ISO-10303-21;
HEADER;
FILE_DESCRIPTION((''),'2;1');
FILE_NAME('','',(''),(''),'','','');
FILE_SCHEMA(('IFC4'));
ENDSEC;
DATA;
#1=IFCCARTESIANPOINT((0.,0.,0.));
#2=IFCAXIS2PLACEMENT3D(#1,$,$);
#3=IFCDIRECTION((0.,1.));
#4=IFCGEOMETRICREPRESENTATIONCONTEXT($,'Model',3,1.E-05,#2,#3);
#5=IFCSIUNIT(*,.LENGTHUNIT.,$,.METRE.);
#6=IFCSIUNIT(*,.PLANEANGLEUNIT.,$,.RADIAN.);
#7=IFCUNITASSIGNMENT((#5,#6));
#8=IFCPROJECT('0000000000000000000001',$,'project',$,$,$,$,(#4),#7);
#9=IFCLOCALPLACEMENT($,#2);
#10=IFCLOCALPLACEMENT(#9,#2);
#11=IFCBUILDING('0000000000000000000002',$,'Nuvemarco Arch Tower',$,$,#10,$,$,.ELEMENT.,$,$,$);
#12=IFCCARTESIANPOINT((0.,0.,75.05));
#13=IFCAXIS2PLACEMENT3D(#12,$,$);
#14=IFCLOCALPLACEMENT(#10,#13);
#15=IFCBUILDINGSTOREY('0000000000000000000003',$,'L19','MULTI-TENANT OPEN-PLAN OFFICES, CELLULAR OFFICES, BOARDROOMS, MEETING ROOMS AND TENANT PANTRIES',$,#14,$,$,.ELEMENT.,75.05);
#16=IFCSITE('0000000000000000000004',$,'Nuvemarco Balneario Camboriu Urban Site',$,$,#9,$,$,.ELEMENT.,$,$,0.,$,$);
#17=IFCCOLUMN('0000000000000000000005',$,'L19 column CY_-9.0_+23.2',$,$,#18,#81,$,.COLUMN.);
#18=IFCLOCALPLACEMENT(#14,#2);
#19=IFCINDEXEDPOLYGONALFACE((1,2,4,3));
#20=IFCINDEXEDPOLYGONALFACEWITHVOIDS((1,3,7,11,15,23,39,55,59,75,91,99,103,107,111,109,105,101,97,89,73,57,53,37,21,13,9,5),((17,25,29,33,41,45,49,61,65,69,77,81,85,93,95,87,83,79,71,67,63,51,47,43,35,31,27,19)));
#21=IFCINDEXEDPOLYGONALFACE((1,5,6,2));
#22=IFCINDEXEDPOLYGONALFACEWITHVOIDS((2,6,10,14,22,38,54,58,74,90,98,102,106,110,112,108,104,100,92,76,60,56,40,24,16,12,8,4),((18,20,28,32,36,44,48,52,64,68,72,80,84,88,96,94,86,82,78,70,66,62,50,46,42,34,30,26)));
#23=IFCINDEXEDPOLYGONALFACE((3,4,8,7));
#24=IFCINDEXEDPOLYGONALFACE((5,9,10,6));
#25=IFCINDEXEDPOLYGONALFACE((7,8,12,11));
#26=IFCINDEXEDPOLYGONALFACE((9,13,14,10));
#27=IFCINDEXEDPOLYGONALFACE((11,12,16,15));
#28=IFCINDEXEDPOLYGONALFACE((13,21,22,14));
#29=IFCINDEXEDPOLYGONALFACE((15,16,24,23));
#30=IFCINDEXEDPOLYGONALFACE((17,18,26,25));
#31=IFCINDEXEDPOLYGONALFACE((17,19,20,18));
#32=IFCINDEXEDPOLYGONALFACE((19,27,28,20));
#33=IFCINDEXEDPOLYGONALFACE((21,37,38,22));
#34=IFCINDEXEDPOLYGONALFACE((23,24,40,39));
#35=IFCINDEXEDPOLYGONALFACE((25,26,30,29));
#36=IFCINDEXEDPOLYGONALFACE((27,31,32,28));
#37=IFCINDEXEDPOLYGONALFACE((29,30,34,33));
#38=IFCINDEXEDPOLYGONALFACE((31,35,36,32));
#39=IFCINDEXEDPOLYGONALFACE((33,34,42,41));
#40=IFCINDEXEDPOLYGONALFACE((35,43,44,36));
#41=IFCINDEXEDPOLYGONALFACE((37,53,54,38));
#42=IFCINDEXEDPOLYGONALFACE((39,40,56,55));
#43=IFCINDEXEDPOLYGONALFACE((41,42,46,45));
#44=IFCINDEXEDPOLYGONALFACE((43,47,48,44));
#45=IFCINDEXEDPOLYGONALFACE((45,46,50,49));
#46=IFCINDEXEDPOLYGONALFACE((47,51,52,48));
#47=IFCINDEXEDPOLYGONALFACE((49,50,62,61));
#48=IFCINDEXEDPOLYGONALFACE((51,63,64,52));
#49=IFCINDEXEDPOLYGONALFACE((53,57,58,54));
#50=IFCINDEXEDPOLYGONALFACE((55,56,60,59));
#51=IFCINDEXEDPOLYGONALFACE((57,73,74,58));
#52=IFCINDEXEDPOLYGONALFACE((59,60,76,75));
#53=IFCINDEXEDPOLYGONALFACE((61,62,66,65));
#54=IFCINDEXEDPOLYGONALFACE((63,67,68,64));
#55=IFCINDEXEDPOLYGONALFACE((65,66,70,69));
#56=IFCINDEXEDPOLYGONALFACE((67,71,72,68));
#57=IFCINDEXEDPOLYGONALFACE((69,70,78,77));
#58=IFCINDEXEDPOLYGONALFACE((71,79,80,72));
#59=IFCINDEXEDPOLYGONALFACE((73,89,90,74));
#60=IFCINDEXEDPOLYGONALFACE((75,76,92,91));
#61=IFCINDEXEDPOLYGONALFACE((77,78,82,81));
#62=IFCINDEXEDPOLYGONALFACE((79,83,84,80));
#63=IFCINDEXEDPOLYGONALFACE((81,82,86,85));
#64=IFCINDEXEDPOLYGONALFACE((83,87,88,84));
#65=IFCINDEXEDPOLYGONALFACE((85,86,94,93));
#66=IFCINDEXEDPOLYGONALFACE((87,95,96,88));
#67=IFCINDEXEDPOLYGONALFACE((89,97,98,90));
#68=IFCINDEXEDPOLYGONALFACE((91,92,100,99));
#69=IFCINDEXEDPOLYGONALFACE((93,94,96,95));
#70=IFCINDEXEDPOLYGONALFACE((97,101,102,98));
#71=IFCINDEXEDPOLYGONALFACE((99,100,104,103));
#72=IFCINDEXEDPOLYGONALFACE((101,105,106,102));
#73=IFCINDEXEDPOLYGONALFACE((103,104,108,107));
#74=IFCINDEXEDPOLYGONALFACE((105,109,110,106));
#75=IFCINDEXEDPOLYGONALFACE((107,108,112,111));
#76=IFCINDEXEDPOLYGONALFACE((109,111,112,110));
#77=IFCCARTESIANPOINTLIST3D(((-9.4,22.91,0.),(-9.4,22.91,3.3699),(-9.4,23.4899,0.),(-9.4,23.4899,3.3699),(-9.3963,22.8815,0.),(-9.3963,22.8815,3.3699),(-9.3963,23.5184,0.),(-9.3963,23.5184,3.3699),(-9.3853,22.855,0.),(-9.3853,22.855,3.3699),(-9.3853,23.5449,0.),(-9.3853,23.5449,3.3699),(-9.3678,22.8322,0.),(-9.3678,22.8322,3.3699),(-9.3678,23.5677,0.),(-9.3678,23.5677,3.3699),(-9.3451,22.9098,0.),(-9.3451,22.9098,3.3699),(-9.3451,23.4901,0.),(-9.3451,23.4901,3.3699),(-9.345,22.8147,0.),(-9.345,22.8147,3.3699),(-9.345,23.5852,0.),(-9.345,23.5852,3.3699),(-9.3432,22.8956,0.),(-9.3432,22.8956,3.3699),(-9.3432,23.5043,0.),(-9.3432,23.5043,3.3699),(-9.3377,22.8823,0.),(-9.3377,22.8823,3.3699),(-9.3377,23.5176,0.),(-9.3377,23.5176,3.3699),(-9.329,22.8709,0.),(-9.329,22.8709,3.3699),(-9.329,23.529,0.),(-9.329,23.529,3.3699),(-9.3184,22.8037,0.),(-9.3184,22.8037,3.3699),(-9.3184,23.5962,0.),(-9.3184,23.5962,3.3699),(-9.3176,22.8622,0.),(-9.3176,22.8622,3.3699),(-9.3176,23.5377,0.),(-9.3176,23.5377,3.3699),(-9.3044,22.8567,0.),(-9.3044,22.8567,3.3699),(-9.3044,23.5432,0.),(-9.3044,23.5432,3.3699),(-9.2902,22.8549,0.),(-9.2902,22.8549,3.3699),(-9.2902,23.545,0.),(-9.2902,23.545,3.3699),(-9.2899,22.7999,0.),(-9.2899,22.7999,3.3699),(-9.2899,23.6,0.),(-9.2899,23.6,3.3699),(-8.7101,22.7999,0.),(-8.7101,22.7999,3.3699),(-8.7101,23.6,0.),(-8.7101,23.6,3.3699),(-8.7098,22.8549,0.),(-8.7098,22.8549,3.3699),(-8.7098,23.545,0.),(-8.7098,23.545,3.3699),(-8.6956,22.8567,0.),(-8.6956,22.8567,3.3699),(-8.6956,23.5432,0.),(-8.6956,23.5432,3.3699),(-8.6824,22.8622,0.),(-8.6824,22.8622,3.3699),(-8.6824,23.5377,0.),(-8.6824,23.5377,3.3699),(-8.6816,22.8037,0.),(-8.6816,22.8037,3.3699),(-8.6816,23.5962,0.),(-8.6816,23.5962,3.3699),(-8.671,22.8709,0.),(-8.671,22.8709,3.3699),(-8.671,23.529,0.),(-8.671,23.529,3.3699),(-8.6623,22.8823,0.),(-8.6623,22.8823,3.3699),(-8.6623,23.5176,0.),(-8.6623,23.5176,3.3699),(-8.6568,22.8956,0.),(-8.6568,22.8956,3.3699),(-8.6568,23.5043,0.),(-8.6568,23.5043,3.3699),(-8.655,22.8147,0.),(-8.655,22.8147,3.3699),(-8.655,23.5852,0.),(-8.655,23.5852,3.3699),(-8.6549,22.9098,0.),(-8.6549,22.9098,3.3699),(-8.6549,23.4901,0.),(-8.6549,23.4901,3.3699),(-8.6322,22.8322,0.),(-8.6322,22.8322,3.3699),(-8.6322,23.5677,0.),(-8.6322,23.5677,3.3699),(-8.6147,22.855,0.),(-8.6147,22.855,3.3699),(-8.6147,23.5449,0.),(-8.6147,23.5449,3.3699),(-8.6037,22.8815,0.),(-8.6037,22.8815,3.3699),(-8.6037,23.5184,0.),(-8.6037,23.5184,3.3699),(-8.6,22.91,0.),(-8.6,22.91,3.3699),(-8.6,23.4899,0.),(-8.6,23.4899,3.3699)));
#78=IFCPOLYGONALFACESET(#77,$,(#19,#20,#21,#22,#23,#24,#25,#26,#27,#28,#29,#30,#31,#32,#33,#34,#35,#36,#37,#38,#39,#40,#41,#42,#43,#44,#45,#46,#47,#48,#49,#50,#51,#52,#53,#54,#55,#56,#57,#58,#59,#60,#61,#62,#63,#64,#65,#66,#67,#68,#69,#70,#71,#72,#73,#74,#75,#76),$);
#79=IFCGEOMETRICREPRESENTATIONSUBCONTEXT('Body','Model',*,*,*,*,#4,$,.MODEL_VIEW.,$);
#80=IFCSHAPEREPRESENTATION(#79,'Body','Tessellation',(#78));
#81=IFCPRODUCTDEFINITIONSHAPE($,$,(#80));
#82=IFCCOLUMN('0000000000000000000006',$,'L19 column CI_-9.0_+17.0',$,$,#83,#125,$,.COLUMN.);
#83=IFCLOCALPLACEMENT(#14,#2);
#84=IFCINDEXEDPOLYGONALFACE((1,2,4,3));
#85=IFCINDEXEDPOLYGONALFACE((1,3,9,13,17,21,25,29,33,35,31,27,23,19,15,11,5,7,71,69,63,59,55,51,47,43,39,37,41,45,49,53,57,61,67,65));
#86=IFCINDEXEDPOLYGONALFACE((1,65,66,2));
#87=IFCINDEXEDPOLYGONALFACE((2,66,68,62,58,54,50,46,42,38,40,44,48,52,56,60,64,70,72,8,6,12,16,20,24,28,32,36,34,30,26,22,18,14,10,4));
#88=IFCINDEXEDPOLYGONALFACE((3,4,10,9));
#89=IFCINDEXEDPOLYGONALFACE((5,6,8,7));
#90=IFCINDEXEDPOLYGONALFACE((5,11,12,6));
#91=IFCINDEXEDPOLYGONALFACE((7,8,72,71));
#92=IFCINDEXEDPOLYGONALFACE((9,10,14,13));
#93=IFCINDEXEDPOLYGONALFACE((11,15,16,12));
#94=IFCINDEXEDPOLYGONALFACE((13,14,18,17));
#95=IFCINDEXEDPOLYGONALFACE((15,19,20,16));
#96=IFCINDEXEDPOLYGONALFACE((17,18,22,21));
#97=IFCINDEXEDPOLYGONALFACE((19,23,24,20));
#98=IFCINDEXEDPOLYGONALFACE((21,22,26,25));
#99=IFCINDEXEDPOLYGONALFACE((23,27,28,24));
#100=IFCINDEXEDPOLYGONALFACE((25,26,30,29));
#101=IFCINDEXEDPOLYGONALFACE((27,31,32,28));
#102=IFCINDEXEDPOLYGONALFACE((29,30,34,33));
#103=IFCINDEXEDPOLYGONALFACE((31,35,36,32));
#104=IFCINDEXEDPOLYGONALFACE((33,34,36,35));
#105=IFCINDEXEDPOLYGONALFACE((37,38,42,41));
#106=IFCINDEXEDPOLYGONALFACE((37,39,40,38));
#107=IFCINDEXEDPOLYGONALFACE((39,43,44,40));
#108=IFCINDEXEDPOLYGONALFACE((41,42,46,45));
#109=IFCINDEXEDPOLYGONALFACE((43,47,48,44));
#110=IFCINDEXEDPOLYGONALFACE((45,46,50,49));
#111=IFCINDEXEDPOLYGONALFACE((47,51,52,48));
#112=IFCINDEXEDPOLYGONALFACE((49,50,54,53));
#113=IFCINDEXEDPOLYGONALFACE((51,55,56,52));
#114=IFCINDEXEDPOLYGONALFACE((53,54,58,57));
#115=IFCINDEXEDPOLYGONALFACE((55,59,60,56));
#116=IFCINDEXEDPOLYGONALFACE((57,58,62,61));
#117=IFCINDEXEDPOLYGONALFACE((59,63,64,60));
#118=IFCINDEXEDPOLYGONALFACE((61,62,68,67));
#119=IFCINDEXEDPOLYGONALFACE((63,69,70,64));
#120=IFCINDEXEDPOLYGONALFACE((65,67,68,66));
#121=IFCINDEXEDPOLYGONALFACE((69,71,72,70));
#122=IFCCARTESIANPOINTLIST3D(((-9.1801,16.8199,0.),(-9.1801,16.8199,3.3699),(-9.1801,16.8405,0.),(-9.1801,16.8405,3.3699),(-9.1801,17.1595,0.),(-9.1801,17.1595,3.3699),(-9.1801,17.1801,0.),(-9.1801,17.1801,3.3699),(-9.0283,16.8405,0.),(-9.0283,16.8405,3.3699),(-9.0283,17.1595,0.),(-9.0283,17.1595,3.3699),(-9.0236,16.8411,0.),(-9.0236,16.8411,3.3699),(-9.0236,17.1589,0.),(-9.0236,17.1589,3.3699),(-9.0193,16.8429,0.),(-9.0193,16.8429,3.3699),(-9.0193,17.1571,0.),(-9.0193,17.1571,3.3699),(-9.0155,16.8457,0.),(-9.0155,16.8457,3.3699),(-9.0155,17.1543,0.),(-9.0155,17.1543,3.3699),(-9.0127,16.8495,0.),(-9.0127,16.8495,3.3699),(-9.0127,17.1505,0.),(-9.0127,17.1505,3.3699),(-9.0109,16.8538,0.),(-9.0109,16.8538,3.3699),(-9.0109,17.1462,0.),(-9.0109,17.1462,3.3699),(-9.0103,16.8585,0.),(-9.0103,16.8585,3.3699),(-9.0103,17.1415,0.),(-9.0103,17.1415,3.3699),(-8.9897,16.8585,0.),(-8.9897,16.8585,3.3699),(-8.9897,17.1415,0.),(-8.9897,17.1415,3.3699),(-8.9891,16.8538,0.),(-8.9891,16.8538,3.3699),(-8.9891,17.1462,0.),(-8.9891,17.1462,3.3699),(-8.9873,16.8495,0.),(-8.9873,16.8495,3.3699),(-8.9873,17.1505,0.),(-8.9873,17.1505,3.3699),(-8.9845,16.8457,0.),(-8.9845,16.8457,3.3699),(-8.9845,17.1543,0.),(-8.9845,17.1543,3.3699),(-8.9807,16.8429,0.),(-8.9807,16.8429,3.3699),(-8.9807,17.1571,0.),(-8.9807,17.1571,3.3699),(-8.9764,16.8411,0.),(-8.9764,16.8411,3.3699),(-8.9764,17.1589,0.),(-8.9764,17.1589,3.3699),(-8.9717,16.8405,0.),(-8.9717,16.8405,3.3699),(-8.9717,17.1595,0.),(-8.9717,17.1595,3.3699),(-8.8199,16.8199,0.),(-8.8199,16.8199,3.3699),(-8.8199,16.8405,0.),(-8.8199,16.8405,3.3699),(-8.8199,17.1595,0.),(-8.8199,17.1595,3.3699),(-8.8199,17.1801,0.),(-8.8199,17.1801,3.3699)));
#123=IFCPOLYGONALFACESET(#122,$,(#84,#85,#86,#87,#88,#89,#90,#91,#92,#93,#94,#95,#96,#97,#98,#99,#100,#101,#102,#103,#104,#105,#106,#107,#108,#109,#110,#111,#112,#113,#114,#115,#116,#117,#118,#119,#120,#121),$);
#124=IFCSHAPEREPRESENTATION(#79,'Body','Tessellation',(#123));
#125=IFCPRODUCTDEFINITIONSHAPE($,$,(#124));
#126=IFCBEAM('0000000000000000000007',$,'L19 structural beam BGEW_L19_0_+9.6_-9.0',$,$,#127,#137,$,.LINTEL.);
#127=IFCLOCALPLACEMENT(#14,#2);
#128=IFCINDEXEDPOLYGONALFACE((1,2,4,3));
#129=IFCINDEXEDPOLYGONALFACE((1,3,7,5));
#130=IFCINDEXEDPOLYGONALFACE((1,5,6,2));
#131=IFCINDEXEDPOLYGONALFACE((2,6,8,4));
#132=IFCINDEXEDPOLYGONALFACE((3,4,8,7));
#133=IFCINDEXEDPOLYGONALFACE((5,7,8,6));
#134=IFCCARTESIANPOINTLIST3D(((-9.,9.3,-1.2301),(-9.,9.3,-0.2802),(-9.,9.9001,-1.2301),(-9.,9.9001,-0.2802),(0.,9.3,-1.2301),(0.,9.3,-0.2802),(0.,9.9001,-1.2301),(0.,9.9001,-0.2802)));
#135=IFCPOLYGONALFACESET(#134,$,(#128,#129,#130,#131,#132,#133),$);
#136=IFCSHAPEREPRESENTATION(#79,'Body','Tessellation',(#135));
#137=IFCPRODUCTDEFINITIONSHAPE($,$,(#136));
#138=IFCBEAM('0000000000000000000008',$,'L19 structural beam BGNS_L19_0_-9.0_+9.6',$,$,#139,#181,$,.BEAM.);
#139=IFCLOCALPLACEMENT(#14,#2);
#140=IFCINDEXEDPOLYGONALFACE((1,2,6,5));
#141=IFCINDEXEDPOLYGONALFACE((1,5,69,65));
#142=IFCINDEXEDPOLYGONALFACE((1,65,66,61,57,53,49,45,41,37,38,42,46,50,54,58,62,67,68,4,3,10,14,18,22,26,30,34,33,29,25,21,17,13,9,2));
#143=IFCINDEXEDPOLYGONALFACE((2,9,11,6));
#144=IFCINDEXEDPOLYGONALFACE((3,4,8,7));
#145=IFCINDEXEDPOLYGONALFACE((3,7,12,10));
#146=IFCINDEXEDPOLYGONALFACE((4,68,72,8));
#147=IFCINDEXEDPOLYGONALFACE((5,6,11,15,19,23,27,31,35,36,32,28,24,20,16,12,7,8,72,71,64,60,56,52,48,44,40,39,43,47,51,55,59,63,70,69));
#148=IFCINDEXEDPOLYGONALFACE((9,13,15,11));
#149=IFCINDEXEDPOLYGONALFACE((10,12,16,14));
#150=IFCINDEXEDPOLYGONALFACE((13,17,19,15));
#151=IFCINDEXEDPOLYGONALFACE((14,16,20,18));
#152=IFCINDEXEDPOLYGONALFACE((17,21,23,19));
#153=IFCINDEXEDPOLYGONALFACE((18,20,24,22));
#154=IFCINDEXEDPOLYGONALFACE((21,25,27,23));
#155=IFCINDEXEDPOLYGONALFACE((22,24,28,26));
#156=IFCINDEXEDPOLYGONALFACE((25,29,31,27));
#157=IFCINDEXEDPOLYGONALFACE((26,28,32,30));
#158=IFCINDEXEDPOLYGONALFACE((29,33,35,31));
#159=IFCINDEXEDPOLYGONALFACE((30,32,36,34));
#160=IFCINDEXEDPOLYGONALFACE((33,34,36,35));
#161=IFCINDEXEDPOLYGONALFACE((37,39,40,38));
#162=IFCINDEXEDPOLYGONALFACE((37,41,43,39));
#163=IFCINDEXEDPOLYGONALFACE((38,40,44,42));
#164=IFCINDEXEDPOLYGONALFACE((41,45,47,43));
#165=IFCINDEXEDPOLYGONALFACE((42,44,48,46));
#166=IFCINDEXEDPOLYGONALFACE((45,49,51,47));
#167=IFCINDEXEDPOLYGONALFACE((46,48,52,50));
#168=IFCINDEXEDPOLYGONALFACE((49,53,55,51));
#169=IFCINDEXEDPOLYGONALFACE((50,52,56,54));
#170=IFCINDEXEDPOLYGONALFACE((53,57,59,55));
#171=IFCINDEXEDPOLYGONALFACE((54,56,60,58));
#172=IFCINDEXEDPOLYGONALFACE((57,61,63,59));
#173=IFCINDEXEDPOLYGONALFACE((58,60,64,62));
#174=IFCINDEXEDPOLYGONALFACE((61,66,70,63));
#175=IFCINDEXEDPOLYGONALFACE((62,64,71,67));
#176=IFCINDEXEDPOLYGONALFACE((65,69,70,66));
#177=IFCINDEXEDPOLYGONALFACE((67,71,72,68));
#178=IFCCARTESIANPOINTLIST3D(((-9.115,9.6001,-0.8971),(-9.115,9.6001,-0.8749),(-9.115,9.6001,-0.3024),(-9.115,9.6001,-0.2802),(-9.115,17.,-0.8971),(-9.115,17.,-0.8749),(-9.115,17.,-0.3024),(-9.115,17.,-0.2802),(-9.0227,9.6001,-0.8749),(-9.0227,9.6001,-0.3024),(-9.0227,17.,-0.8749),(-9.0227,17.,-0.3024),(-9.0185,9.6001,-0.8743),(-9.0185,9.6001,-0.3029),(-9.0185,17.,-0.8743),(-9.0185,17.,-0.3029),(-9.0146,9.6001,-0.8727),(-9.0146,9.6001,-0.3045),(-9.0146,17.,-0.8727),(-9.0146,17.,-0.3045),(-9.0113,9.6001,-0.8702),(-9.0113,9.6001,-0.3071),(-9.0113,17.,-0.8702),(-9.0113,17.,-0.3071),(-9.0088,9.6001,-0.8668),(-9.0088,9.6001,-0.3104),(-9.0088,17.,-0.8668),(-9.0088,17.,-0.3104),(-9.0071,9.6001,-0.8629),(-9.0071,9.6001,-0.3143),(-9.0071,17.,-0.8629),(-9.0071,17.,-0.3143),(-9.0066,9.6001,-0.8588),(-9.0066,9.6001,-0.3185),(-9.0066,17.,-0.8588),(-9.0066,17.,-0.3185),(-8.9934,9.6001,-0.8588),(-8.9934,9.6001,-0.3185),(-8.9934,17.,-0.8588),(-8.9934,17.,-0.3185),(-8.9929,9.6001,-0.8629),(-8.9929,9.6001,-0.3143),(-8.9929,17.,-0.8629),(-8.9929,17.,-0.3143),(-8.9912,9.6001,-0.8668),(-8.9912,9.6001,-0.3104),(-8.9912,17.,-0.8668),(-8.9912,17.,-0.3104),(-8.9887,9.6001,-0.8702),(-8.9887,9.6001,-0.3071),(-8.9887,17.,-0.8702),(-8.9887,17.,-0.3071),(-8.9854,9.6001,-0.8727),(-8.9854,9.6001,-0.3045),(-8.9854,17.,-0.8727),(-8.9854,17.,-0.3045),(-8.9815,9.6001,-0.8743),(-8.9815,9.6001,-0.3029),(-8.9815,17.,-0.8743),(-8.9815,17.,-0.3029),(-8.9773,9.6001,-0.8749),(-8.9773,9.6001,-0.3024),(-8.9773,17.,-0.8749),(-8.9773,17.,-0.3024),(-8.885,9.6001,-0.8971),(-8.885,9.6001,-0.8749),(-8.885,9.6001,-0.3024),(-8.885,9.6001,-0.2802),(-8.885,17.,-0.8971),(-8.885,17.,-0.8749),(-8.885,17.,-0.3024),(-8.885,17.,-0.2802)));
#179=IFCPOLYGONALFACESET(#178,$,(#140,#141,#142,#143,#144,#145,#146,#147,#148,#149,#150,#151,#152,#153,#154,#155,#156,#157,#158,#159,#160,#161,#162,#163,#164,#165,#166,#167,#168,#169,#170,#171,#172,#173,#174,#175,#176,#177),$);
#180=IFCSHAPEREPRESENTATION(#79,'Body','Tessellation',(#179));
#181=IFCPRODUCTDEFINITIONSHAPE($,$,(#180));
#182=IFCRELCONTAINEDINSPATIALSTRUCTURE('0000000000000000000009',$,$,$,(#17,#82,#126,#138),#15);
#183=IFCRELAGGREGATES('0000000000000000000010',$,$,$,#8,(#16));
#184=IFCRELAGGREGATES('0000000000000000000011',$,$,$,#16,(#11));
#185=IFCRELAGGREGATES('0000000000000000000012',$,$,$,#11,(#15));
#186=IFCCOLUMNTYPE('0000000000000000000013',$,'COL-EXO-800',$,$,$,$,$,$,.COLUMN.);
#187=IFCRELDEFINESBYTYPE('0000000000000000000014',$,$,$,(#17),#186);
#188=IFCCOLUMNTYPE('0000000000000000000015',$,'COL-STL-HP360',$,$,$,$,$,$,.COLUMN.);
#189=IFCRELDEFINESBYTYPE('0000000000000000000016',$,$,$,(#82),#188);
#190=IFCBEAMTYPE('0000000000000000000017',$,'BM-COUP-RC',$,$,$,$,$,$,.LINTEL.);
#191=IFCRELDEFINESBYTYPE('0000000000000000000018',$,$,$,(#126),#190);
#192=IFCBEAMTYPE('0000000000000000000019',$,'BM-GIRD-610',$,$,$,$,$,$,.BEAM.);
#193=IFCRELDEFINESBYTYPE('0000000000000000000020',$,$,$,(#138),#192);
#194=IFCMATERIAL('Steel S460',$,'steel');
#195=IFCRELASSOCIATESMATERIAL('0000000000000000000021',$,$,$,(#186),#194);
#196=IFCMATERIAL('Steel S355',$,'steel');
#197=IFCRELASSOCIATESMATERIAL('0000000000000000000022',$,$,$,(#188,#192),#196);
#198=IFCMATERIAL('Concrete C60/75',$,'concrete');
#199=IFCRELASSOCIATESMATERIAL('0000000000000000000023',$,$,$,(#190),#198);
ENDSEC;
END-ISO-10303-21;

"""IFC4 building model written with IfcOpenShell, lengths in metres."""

from ifc_helpers import new_model, si_unit, direction, frame, origin, origin_2d, place, context, subcontext, project, spatial, rectangle, hollow_rectangle, i_section, extrude, material, material_profile, profile_set, type_object, element, save


model = new_model("IFC4")

# Units and contexts
model_context = context("Model", 3, precision=1e-05, world=origin(), true_north=direction((0.0, 1.0)))
body_context = subcontext(model_context, "Body", "Model", "MODEL_VIEW")
ifc_project = project(units=[si_unit("LENGTHUNIT", "METRE"), si_unit("PLANEANGLEUNIT", "RADIAN")], contexts=[model_context])

# Site, building, storey
site_placement = place(None, origin())
site = spatial("IfcSite", under=ifc_project, at=site_placement, Name="Nuvemarco Balneario Camboriu Urban Site", CompositionType="ELEMENT", RefElevation=0.0)
building_placement = place(site_placement, origin())
building = spatial("IfcBuilding", under=site, at=building_placement, Name="Nuvemarco Arch Tower", CompositionType="ELEMENT")
storey_placement = place(building_placement, frame((0.0, 0.0, 75.05)))
storey = spatial("IfcBuildingStorey", under=building, at=storey_placement, Name="L19", Description="MULTI-TENANT OPEN-PLAN OFFICES, CELLULAR OFFICES, BOARDROOMS, MEETING ROOMS AND TENANT PANTRIES", CompositionType="ELEMENT", Elevation=75.05)

# Columns
ifc_material_1 = material(Name="Steel S460", Category="steel")
ifc_material_profile_1 = material_profile(ifc_material_1, hollow_rectangle(XDim=0.8, YDim=0.8, WallThickness=0.0549, InnerFilletRadius=0.0549, OuterFilletRadius=0.1101, at=origin_2d()), Name="SHS800x800x55")
ifc_profile_set_1 = profile_set([ifc_material_profile_1], Name="Steel S460")
column_type_1 = type_object("IfcColumnType", Name="COL-EXO-800", PredefinedType="COLUMN", material=ifc_profile_set_1)
column_1_placement = place(storey_placement, frame((-9.0, 23.2, 0.0), z_axis=(0.0, 0.0, 1.0), x_axis=(1.0, 0.0, 0.0)))
element("IfcColumn", 1, at=column_1_placement, inside=storey, type_object=column_type_1, Name="L19 column CY_-9.0_+23.2", PredefinedType="COLUMN", context=body_context, shape_type="SweptSolid", body=[
    extrude(hollow_rectangle(XDim=0.8, YDim=0.8, WallThickness=0.0549, InnerFilletRadius=0.0549, OuterFilletRadius=0.1101, at=origin_2d()), origin(), (0.0, 0.0, 1.0), 3.3699),
])
ifc_material_2 = material(Name="Steel S355", Category="steel")
ifc_material_profile_2 = material_profile(ifc_material_2, i_section(OverallWidth=0.3601, OverallDepth=0.3601, WebThickness=0.0205, FlangeThickness=0.0205, FilletRadius=0.0181, at=origin_2d()), Name="HP360x174")
ifc_profile_set_2 = profile_set([ifc_material_profile_2], Name="Steel S355")
column_type_2 = type_object("IfcColumnType", Name="COL-STL-HP360", PredefinedType="COLUMN", material=ifc_profile_set_2)
column_2_placement = place(storey_placement, frame((-9.0, 17.0, 0.0), z_axis=(0.0, 0.0, 1.0), x_axis=(1.0, 0.0, 0.0)))
element("IfcColumn", 2, at=column_2_placement, inside=storey, type_object=column_type_2, Name="L19 column CI_-9.0_+17.0", PredefinedType="COLUMN", context=body_context, shape_type="SweptSolid", body=[
    extrude(i_section(OverallWidth=0.3601, OverallDepth=0.3601, WebThickness=0.0205, FlangeThickness=0.0205, FilletRadius=0.0181, at=origin_2d()), origin(), (0.0, 0.0, 1.0), 3.3699),
])

# Beams
ifc_material_3 = material(Name="Concrete C60/75", Category="concrete")
ifc_material_profile_3 = material_profile(ifc_material_3, rectangle(XDim=0.6001, YDim=0.95, at=origin_2d()), Name="RC-BM-600x950")
ifc_profile_set_3 = profile_set([ifc_material_profile_3], Name="Concrete C60/75")
beam_type_1 = type_object("IfcBeamType", Name="BM-COUP-RC", PredefinedType="LINTEL", material=ifc_profile_set_3)
beam_1_placement = place(storey_placement, frame((-9.0, 9.6001, -0.7551), z_axis=(1.0, 0.0, 0.0), x_axis=(0.0, 1.0, 0.0)))
element("IfcBeam", 3, at=beam_1_placement, inside=storey, type_object=beam_type_1, Name="L19 structural beam BGEW_L19_0_+9.6_-9.0", PredefinedType="LINTEL", context=body_context, shape_type="SweptSolid", body=[
    extrude(rectangle(XDim=0.6001, YDim=0.95, at=origin_2d()), origin(), (0.0, 0.0, 1.0), 9.0),
])
ifc_material_profile_4 = material_profile(ifc_material_2, i_section(OverallWidth=0.23, OverallDepth=0.6169, WebThickness=0.0132, FlangeThickness=0.0222, FilletRadius=0.0161, at=origin_2d()), Name="W610x140")
ifc_profile_set_4 = profile_set([ifc_material_profile_4], Name="Steel S355")
beam_type_2 = type_object("IfcBeamType", Name="BM-GIRD-610", PredefinedType="BEAM", material=ifc_profile_set_4)
beam_2_placement = place(storey_placement, frame((-9.0, 9.6001, -0.5886), z_axis=(0.0, 1.0, 0.0), x_axis=(-1.0, 0.0, 0.0)))
element("IfcBeam", 4, at=beam_2_placement, inside=storey, type_object=beam_type_2, Name="L19 structural beam BGNS_L19_0_-9.0_+9.6", PredefinedType="BEAM", context=body_context, shape_type="SweptSolid", body=[
    extrude(i_section(OverallWidth=0.23, OverallDepth=0.6169, WebThickness=0.0132, FlangeThickness=0.0222, FilletRadius=0.0161, at=origin_2d()), origin(), (0.0, 0.0, 1.0), 7.3999),
])

save(model, "model.ifc")
